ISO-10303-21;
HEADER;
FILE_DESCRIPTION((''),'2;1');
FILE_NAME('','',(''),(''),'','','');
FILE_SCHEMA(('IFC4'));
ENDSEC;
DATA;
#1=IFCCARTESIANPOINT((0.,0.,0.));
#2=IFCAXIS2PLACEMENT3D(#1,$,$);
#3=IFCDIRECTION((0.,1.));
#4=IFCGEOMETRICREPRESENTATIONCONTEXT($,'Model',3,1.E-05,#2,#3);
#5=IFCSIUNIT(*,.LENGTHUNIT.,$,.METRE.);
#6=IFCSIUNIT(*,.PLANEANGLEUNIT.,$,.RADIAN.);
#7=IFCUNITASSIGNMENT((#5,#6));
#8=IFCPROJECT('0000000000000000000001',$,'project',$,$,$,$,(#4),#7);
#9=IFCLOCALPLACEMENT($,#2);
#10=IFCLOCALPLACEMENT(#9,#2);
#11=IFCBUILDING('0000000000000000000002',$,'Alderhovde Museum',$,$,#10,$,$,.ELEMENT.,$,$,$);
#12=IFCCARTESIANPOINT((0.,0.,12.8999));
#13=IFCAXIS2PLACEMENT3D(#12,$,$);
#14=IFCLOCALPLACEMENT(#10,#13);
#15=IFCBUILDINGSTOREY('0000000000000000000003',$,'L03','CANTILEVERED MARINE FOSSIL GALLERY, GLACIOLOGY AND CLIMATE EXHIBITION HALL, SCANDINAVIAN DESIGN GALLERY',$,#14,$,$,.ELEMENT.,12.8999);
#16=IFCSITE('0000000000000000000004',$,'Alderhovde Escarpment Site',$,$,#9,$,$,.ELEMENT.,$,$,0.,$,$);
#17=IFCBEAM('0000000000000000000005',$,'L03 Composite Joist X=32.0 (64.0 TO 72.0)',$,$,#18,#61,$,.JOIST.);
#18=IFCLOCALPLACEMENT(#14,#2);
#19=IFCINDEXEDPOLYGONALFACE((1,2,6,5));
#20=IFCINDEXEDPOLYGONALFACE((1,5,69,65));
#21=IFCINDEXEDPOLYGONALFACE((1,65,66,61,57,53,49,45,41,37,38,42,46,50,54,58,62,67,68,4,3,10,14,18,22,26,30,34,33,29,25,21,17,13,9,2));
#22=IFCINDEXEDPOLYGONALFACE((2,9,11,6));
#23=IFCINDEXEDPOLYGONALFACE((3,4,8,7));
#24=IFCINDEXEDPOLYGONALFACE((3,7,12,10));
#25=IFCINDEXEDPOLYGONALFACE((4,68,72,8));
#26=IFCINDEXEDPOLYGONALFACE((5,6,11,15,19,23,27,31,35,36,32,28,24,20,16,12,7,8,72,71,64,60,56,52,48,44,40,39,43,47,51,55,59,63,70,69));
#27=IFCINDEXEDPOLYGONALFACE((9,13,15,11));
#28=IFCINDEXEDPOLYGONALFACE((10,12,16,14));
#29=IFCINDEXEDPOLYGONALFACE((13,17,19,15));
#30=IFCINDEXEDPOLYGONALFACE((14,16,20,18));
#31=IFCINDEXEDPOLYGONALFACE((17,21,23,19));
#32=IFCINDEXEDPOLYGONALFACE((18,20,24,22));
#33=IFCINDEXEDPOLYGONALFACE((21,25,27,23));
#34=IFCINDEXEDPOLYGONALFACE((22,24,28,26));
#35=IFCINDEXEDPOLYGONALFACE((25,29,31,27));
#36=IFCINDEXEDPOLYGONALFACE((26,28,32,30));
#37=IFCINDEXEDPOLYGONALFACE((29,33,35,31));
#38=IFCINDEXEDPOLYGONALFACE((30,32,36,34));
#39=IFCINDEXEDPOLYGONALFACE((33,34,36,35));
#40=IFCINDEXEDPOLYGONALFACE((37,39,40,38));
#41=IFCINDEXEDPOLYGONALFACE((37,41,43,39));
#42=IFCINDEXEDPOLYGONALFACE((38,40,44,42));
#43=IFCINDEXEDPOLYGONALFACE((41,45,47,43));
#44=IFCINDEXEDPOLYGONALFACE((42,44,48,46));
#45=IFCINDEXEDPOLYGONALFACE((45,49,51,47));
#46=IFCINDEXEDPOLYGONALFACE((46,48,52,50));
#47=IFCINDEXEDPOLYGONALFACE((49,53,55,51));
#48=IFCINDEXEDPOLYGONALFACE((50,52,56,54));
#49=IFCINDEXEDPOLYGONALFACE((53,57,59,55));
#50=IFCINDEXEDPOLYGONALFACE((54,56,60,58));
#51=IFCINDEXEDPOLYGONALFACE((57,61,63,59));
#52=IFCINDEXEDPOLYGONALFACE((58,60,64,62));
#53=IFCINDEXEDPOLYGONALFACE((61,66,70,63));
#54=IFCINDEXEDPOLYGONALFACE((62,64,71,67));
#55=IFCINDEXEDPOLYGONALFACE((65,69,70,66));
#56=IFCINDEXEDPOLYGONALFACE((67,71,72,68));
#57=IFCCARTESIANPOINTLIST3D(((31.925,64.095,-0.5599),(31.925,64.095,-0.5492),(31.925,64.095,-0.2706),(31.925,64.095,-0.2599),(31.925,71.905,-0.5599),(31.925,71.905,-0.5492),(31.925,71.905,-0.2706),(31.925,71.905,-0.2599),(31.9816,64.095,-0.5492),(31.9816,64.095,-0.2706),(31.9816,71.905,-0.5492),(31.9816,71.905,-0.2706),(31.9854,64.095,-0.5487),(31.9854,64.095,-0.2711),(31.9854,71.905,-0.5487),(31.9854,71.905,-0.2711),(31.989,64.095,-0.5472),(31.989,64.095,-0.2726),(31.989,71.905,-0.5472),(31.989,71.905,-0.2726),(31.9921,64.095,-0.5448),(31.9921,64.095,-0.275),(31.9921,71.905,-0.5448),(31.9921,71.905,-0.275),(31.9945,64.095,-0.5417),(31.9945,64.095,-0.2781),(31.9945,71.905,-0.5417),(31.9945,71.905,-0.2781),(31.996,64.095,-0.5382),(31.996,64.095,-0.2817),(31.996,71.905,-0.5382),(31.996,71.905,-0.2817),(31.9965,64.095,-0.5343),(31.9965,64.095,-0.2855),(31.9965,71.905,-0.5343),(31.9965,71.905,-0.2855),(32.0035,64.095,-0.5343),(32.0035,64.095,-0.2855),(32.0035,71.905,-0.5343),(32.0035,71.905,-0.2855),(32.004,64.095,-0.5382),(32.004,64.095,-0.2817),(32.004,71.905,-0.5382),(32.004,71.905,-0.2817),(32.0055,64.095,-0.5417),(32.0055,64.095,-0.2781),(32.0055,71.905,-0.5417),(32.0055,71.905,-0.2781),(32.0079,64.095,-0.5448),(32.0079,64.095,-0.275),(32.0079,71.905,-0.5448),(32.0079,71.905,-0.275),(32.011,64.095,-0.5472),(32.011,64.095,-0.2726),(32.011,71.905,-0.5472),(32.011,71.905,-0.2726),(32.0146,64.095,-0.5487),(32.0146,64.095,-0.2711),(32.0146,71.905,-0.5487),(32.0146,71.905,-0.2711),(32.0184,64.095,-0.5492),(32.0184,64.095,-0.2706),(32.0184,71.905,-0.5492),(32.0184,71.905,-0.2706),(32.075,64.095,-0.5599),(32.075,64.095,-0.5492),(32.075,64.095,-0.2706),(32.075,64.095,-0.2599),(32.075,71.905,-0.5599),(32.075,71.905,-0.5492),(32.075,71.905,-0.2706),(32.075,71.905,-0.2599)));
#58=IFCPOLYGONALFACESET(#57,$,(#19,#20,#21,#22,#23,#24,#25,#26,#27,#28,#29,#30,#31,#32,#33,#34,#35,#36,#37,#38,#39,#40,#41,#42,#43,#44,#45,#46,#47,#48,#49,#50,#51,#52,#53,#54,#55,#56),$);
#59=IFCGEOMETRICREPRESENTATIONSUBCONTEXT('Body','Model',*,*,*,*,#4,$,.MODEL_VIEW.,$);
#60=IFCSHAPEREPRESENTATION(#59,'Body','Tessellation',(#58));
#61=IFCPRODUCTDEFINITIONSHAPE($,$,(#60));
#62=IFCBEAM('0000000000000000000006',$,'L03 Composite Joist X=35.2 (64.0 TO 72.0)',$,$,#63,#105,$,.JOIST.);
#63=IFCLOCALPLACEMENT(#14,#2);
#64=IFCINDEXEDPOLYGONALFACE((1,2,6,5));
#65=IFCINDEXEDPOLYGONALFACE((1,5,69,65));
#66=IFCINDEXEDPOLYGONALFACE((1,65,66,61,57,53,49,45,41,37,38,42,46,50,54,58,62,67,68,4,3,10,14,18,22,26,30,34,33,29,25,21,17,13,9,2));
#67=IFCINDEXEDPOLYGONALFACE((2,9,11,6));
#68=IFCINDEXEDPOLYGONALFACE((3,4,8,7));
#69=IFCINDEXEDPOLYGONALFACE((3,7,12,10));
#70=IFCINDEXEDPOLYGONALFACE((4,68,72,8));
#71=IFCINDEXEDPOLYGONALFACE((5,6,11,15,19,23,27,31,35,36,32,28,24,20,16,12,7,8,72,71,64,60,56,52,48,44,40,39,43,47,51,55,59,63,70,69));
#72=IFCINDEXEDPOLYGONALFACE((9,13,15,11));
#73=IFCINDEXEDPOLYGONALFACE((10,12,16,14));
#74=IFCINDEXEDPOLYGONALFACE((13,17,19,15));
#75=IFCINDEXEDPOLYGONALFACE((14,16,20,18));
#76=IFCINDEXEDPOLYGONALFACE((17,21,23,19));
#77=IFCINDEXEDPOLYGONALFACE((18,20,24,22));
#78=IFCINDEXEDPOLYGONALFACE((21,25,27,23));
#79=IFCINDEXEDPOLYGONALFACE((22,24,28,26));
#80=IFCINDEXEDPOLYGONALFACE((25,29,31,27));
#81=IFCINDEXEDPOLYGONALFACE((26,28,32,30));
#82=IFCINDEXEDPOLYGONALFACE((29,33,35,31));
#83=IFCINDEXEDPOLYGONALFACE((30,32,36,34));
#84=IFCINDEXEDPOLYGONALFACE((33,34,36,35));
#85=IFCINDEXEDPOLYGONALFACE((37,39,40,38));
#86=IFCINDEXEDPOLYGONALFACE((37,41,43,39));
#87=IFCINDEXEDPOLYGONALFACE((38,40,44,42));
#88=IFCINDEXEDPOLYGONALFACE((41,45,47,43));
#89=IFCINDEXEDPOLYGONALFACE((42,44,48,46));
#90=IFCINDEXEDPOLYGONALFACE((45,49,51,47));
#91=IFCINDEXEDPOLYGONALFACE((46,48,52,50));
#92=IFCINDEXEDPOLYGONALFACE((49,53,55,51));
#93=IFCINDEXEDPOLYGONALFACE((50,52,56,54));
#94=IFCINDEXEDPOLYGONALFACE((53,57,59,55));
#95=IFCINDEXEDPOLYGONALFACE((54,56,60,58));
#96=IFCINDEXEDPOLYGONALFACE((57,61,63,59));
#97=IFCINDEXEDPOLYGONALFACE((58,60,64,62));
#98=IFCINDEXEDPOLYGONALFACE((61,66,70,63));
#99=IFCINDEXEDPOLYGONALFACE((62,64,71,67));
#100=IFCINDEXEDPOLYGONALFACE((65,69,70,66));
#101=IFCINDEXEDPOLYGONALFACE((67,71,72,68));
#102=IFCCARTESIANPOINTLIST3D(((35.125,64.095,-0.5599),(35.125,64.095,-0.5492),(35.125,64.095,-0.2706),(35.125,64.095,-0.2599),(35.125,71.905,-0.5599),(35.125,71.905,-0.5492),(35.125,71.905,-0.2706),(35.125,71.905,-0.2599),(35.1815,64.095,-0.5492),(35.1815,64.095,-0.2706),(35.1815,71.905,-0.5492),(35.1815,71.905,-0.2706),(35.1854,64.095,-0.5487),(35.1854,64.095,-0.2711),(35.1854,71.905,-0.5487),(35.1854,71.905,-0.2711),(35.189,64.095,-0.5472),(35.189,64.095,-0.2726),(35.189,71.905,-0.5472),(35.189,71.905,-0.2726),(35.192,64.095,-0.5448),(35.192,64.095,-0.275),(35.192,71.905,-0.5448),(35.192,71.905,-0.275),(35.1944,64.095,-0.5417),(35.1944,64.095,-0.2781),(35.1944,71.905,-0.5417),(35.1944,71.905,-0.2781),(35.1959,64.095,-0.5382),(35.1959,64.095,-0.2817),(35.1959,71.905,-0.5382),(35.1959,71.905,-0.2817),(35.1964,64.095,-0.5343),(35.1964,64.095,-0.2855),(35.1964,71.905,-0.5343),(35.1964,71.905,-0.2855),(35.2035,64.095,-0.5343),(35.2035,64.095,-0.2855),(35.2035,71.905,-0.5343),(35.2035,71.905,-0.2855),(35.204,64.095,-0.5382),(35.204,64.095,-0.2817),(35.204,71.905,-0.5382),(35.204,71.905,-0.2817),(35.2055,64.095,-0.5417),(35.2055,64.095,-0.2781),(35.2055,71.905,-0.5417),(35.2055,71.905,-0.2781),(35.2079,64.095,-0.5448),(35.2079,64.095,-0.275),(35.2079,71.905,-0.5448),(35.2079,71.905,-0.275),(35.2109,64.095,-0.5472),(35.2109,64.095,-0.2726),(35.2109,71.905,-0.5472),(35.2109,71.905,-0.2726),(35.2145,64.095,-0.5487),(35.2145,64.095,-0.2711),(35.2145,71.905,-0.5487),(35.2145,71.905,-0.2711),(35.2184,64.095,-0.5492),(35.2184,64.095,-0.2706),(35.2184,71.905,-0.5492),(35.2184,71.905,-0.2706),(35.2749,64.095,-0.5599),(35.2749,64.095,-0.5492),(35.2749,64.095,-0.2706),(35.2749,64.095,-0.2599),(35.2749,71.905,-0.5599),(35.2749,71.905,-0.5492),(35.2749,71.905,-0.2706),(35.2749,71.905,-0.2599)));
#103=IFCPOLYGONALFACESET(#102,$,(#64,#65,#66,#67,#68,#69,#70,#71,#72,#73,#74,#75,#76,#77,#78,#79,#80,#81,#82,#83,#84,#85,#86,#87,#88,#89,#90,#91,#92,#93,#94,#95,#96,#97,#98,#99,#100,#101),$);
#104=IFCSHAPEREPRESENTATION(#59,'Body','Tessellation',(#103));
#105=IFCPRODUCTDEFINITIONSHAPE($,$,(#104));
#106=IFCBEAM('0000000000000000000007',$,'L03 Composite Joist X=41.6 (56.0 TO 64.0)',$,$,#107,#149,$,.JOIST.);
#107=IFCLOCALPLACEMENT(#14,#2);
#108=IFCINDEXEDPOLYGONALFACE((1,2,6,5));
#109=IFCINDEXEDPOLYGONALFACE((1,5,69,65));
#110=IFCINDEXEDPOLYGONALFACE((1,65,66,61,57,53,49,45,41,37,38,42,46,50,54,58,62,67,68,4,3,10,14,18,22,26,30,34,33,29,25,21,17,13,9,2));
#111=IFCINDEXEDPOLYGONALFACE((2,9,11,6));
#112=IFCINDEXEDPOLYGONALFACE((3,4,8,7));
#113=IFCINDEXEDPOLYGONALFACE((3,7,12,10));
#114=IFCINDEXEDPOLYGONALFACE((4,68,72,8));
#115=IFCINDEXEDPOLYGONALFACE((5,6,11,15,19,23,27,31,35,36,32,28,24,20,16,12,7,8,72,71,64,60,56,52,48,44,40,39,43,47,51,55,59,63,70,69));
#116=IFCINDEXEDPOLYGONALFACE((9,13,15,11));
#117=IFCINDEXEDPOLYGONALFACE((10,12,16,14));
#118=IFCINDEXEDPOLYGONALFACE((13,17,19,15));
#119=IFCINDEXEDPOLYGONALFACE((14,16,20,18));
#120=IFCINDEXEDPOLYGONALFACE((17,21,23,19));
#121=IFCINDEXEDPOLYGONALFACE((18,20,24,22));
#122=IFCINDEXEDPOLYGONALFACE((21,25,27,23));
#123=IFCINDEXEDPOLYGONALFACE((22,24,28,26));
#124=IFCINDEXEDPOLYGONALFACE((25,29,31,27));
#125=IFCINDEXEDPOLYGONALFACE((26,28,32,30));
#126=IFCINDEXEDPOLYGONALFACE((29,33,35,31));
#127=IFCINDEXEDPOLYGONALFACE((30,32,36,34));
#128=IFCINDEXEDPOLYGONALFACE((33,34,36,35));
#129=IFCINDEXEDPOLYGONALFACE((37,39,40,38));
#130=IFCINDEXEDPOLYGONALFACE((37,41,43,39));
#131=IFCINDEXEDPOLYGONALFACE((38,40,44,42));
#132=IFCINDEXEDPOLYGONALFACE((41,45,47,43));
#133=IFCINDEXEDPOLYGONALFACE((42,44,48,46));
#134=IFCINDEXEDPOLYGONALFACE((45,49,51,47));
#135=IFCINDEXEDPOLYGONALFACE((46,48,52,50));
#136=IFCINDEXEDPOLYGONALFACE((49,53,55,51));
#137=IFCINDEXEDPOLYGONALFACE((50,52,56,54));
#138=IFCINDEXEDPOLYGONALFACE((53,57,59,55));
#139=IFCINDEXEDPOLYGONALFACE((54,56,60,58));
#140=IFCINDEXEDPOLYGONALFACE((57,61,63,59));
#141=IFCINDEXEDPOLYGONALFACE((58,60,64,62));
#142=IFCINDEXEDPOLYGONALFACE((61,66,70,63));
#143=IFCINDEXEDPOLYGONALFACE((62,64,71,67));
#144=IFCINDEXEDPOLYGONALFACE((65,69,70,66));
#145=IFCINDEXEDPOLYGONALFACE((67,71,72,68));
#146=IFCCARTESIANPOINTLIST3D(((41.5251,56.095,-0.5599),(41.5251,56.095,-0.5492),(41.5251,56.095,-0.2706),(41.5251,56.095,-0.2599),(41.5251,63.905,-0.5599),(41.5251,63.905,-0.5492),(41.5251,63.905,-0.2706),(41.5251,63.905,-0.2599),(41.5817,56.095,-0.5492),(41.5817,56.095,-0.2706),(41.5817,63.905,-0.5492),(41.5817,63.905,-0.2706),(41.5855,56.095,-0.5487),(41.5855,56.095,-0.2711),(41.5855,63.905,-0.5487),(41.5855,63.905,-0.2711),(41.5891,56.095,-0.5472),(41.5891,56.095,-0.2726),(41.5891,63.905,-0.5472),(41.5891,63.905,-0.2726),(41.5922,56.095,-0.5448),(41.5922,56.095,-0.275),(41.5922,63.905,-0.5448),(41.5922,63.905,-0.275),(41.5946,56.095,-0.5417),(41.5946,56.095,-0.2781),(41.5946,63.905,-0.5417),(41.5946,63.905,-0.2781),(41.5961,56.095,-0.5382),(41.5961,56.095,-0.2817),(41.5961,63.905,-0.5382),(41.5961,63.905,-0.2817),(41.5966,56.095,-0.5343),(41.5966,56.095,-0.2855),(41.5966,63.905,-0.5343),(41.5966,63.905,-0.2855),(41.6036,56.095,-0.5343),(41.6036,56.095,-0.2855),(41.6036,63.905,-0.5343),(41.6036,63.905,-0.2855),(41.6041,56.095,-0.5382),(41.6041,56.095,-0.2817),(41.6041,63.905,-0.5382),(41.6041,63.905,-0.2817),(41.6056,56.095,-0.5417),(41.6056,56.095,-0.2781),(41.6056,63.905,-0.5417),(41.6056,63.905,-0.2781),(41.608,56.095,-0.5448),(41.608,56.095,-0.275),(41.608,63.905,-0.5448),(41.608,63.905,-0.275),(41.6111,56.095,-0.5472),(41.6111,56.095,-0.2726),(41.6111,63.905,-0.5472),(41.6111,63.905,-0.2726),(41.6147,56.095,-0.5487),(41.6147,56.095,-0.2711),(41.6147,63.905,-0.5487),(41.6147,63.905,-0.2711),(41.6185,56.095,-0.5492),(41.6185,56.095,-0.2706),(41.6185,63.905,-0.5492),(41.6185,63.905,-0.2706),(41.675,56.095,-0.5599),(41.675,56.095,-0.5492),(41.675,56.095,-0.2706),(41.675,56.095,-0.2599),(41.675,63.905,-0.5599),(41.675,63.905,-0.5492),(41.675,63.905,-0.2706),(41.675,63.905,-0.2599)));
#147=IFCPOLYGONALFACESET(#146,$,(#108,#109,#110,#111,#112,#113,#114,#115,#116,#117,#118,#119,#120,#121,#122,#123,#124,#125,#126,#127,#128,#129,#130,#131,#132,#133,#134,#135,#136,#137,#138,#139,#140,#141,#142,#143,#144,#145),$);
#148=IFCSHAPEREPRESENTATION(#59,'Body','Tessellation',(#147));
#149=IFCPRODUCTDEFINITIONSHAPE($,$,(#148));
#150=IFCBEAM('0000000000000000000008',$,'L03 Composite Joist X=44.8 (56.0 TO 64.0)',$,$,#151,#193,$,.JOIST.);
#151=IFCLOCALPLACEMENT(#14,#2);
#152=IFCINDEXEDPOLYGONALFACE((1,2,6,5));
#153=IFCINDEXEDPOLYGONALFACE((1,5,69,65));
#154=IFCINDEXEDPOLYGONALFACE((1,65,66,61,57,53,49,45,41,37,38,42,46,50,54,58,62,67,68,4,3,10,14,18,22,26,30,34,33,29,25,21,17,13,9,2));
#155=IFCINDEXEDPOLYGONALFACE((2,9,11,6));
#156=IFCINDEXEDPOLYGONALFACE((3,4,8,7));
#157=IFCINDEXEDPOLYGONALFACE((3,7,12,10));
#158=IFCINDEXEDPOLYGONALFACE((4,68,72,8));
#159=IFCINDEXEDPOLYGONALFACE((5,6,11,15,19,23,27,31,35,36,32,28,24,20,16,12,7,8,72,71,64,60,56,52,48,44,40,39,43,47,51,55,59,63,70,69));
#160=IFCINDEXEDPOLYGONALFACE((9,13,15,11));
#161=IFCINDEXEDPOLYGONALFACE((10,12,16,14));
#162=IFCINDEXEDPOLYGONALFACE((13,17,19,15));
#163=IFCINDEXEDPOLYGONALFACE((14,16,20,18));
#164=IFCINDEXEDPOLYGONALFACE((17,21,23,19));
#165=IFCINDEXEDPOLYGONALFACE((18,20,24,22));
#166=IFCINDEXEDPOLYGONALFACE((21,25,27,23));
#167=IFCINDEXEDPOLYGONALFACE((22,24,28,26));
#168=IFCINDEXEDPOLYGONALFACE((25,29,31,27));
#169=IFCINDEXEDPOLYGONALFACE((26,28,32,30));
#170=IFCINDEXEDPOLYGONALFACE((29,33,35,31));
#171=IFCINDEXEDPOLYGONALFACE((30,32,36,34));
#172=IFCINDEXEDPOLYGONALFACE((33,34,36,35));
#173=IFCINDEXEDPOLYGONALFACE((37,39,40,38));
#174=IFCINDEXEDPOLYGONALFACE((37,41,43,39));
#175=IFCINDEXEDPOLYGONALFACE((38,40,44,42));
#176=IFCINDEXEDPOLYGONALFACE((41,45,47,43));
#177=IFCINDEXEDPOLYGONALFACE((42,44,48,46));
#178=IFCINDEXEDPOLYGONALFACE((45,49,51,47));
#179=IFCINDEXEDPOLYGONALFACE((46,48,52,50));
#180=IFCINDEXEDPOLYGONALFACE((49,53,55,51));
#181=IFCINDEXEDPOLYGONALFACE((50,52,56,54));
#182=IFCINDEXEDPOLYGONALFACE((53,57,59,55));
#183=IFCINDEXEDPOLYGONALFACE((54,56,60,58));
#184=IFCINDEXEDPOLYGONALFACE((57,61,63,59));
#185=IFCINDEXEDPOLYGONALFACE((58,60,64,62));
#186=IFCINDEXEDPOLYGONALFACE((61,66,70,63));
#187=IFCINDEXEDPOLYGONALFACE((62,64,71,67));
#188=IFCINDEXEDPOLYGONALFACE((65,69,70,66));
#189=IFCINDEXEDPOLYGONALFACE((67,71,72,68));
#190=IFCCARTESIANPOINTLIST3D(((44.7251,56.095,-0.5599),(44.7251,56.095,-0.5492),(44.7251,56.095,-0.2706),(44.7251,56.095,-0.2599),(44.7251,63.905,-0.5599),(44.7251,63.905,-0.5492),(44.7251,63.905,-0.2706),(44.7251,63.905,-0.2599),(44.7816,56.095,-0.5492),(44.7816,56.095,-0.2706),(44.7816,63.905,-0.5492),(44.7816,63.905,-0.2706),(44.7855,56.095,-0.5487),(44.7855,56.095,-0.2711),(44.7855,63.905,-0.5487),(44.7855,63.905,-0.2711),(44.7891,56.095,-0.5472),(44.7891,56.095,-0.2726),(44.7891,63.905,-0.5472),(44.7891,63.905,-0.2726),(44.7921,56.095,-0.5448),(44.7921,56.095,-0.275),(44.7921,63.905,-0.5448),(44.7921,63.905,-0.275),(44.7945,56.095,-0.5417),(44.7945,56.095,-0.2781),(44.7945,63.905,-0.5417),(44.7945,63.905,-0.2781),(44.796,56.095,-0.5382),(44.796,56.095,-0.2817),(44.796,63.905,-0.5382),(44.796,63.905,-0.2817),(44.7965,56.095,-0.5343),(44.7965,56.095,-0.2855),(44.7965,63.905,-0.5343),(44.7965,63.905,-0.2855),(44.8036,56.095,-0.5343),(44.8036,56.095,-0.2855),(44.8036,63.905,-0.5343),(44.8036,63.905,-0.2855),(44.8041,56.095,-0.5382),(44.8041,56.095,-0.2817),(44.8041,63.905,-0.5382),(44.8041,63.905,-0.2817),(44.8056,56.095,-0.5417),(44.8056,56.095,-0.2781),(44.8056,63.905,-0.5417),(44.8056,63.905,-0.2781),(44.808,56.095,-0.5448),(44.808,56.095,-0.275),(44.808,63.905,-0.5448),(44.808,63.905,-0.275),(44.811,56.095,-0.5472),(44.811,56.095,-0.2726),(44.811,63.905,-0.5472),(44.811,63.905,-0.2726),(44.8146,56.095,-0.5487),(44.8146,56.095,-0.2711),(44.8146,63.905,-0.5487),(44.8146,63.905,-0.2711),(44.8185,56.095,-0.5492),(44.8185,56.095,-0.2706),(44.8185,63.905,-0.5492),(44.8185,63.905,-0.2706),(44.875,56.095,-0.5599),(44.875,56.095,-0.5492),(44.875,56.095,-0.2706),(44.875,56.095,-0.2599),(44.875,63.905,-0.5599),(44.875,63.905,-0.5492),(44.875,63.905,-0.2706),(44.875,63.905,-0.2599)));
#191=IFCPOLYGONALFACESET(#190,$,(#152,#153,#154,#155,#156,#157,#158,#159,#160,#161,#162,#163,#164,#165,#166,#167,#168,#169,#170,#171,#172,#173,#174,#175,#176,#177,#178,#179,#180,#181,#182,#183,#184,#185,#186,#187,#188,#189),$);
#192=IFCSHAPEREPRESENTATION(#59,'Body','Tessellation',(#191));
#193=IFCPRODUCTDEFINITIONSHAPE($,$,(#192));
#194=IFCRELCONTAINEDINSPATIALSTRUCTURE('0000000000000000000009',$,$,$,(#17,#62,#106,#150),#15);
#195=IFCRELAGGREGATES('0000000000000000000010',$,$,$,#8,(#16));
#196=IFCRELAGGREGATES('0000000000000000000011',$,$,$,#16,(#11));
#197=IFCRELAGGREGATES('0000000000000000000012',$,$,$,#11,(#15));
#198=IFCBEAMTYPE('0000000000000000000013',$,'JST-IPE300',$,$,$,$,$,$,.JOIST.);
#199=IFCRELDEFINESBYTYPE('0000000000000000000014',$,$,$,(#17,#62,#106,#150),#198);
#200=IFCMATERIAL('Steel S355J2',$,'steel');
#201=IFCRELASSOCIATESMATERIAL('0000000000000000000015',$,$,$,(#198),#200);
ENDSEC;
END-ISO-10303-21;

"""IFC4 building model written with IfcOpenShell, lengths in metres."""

from ifc_helpers import new_model, si_unit, direction, frame, origin, origin_2d, place, context, subcontext, project, spatial, i_section, extrude, material, material_profile, profile_set, type_object, element, save


model = new_model("IFC4")

# Units and contexts
model_context = context("Model", 3, precision=1e-05, world=origin(), true_north=direction((0.0, 1.0)))
body_context = subcontext(model_context, "Body", "Model", "MODEL_VIEW")
ifc_project = project(units=[si_unit("LENGTHUNIT", "METRE"), si_unit("PLANEANGLEUNIT", "RADIAN")], contexts=[model_context])

# Site, building, storey
site_placement = place(None, origin())
site = spatial("IfcSite", under=ifc_project, at=site_placement, Name="Alderhovde Escarpment Site", CompositionType="ELEMENT", RefElevation=0.0)
building_placement = place(site_placement, origin())
building = spatial("IfcBuilding", under=site, at=building_placement, Name="Alderhovde Museum", CompositionType="ELEMENT")
storey_placement = place(building_placement, frame((0.0, 0.0, 12.8999)))
storey = spatial("IfcBuildingStorey", under=building, at=storey_placement, Name="L03", Description="CANTILEVERED MARINE FOSSIL GALLERY, GLACIOLOGY AND CLIMATE EXHIBITION HALL, SCANDINAVIAN DESIGN GALLERY", CompositionType="ELEMENT", Elevation=12.8999)

# Beams
ifc_material_1 = material(Name="Steel S355J2", Category="steel")
ifc_material_profile_1 = material_profile(ifc_material_1, i_section(OverallWidth=0.1499, OverallDepth=0.3, WebThickness=0.0071, FlangeThickness=0.0107, FilletRadius=0.0149, at=origin_2d()), Name="IPE 300")
ifc_profile_set_1 = profile_set([ifc_material_profile_1], Name="Steel S355J2")
beam_type_1 = type_object("IfcBeamType", Name="JST-IPE300", PredefinedType="JOIST", material=ifc_profile_set_1)
for number, where, z_axis, x_axis, name in (
    (1, (32.0, 64.095, -0.4099), (0.0, 1.0, 0.0), (-1.0, 0.0, 0.0), "L03 Composite Joist X=32.0 (64.0 TO 72.0)"),
    (2, (35.2, 64.095, -0.4099), (0.0, 1.0, 0.0), (-1.0, 0.0, 0.0), "L03 Composite Joist X=35.2 (64.0 TO 72.0)"),
    (3, (41.6001, 56.095, -0.4099), (0.0, 1.0, 0.0), (-1.0, 0.0, 0.0), "L03 Composite Joist X=41.6 (56.0 TO 64.0)"),
    (4, (44.8, 56.095, -0.4099), (0.0, 1.0, 0.0), (-1.0, 0.0, 0.0), "L03 Composite Joist X=44.8 (56.0 TO 64.0)"),
):
    element("IfcBeam", number, at=place(storey_placement, frame(where, z_axis=z_axis, x_axis=x_axis)), inside=storey, type_object=beam_type_1, Name=name, PredefinedType="JOIST", context=body_context, shape_type="SweptSolid", body=[
        extrude(i_section(OverallWidth=0.1499, OverallDepth=0.3, WebThickness=0.0071, FlangeThickness=0.0107, FilletRadius=0.0149, at=origin_2d()), origin(), (0.0, 0.0, 1.0), 7.8101),
    ])

save(model, "model.ifc")
